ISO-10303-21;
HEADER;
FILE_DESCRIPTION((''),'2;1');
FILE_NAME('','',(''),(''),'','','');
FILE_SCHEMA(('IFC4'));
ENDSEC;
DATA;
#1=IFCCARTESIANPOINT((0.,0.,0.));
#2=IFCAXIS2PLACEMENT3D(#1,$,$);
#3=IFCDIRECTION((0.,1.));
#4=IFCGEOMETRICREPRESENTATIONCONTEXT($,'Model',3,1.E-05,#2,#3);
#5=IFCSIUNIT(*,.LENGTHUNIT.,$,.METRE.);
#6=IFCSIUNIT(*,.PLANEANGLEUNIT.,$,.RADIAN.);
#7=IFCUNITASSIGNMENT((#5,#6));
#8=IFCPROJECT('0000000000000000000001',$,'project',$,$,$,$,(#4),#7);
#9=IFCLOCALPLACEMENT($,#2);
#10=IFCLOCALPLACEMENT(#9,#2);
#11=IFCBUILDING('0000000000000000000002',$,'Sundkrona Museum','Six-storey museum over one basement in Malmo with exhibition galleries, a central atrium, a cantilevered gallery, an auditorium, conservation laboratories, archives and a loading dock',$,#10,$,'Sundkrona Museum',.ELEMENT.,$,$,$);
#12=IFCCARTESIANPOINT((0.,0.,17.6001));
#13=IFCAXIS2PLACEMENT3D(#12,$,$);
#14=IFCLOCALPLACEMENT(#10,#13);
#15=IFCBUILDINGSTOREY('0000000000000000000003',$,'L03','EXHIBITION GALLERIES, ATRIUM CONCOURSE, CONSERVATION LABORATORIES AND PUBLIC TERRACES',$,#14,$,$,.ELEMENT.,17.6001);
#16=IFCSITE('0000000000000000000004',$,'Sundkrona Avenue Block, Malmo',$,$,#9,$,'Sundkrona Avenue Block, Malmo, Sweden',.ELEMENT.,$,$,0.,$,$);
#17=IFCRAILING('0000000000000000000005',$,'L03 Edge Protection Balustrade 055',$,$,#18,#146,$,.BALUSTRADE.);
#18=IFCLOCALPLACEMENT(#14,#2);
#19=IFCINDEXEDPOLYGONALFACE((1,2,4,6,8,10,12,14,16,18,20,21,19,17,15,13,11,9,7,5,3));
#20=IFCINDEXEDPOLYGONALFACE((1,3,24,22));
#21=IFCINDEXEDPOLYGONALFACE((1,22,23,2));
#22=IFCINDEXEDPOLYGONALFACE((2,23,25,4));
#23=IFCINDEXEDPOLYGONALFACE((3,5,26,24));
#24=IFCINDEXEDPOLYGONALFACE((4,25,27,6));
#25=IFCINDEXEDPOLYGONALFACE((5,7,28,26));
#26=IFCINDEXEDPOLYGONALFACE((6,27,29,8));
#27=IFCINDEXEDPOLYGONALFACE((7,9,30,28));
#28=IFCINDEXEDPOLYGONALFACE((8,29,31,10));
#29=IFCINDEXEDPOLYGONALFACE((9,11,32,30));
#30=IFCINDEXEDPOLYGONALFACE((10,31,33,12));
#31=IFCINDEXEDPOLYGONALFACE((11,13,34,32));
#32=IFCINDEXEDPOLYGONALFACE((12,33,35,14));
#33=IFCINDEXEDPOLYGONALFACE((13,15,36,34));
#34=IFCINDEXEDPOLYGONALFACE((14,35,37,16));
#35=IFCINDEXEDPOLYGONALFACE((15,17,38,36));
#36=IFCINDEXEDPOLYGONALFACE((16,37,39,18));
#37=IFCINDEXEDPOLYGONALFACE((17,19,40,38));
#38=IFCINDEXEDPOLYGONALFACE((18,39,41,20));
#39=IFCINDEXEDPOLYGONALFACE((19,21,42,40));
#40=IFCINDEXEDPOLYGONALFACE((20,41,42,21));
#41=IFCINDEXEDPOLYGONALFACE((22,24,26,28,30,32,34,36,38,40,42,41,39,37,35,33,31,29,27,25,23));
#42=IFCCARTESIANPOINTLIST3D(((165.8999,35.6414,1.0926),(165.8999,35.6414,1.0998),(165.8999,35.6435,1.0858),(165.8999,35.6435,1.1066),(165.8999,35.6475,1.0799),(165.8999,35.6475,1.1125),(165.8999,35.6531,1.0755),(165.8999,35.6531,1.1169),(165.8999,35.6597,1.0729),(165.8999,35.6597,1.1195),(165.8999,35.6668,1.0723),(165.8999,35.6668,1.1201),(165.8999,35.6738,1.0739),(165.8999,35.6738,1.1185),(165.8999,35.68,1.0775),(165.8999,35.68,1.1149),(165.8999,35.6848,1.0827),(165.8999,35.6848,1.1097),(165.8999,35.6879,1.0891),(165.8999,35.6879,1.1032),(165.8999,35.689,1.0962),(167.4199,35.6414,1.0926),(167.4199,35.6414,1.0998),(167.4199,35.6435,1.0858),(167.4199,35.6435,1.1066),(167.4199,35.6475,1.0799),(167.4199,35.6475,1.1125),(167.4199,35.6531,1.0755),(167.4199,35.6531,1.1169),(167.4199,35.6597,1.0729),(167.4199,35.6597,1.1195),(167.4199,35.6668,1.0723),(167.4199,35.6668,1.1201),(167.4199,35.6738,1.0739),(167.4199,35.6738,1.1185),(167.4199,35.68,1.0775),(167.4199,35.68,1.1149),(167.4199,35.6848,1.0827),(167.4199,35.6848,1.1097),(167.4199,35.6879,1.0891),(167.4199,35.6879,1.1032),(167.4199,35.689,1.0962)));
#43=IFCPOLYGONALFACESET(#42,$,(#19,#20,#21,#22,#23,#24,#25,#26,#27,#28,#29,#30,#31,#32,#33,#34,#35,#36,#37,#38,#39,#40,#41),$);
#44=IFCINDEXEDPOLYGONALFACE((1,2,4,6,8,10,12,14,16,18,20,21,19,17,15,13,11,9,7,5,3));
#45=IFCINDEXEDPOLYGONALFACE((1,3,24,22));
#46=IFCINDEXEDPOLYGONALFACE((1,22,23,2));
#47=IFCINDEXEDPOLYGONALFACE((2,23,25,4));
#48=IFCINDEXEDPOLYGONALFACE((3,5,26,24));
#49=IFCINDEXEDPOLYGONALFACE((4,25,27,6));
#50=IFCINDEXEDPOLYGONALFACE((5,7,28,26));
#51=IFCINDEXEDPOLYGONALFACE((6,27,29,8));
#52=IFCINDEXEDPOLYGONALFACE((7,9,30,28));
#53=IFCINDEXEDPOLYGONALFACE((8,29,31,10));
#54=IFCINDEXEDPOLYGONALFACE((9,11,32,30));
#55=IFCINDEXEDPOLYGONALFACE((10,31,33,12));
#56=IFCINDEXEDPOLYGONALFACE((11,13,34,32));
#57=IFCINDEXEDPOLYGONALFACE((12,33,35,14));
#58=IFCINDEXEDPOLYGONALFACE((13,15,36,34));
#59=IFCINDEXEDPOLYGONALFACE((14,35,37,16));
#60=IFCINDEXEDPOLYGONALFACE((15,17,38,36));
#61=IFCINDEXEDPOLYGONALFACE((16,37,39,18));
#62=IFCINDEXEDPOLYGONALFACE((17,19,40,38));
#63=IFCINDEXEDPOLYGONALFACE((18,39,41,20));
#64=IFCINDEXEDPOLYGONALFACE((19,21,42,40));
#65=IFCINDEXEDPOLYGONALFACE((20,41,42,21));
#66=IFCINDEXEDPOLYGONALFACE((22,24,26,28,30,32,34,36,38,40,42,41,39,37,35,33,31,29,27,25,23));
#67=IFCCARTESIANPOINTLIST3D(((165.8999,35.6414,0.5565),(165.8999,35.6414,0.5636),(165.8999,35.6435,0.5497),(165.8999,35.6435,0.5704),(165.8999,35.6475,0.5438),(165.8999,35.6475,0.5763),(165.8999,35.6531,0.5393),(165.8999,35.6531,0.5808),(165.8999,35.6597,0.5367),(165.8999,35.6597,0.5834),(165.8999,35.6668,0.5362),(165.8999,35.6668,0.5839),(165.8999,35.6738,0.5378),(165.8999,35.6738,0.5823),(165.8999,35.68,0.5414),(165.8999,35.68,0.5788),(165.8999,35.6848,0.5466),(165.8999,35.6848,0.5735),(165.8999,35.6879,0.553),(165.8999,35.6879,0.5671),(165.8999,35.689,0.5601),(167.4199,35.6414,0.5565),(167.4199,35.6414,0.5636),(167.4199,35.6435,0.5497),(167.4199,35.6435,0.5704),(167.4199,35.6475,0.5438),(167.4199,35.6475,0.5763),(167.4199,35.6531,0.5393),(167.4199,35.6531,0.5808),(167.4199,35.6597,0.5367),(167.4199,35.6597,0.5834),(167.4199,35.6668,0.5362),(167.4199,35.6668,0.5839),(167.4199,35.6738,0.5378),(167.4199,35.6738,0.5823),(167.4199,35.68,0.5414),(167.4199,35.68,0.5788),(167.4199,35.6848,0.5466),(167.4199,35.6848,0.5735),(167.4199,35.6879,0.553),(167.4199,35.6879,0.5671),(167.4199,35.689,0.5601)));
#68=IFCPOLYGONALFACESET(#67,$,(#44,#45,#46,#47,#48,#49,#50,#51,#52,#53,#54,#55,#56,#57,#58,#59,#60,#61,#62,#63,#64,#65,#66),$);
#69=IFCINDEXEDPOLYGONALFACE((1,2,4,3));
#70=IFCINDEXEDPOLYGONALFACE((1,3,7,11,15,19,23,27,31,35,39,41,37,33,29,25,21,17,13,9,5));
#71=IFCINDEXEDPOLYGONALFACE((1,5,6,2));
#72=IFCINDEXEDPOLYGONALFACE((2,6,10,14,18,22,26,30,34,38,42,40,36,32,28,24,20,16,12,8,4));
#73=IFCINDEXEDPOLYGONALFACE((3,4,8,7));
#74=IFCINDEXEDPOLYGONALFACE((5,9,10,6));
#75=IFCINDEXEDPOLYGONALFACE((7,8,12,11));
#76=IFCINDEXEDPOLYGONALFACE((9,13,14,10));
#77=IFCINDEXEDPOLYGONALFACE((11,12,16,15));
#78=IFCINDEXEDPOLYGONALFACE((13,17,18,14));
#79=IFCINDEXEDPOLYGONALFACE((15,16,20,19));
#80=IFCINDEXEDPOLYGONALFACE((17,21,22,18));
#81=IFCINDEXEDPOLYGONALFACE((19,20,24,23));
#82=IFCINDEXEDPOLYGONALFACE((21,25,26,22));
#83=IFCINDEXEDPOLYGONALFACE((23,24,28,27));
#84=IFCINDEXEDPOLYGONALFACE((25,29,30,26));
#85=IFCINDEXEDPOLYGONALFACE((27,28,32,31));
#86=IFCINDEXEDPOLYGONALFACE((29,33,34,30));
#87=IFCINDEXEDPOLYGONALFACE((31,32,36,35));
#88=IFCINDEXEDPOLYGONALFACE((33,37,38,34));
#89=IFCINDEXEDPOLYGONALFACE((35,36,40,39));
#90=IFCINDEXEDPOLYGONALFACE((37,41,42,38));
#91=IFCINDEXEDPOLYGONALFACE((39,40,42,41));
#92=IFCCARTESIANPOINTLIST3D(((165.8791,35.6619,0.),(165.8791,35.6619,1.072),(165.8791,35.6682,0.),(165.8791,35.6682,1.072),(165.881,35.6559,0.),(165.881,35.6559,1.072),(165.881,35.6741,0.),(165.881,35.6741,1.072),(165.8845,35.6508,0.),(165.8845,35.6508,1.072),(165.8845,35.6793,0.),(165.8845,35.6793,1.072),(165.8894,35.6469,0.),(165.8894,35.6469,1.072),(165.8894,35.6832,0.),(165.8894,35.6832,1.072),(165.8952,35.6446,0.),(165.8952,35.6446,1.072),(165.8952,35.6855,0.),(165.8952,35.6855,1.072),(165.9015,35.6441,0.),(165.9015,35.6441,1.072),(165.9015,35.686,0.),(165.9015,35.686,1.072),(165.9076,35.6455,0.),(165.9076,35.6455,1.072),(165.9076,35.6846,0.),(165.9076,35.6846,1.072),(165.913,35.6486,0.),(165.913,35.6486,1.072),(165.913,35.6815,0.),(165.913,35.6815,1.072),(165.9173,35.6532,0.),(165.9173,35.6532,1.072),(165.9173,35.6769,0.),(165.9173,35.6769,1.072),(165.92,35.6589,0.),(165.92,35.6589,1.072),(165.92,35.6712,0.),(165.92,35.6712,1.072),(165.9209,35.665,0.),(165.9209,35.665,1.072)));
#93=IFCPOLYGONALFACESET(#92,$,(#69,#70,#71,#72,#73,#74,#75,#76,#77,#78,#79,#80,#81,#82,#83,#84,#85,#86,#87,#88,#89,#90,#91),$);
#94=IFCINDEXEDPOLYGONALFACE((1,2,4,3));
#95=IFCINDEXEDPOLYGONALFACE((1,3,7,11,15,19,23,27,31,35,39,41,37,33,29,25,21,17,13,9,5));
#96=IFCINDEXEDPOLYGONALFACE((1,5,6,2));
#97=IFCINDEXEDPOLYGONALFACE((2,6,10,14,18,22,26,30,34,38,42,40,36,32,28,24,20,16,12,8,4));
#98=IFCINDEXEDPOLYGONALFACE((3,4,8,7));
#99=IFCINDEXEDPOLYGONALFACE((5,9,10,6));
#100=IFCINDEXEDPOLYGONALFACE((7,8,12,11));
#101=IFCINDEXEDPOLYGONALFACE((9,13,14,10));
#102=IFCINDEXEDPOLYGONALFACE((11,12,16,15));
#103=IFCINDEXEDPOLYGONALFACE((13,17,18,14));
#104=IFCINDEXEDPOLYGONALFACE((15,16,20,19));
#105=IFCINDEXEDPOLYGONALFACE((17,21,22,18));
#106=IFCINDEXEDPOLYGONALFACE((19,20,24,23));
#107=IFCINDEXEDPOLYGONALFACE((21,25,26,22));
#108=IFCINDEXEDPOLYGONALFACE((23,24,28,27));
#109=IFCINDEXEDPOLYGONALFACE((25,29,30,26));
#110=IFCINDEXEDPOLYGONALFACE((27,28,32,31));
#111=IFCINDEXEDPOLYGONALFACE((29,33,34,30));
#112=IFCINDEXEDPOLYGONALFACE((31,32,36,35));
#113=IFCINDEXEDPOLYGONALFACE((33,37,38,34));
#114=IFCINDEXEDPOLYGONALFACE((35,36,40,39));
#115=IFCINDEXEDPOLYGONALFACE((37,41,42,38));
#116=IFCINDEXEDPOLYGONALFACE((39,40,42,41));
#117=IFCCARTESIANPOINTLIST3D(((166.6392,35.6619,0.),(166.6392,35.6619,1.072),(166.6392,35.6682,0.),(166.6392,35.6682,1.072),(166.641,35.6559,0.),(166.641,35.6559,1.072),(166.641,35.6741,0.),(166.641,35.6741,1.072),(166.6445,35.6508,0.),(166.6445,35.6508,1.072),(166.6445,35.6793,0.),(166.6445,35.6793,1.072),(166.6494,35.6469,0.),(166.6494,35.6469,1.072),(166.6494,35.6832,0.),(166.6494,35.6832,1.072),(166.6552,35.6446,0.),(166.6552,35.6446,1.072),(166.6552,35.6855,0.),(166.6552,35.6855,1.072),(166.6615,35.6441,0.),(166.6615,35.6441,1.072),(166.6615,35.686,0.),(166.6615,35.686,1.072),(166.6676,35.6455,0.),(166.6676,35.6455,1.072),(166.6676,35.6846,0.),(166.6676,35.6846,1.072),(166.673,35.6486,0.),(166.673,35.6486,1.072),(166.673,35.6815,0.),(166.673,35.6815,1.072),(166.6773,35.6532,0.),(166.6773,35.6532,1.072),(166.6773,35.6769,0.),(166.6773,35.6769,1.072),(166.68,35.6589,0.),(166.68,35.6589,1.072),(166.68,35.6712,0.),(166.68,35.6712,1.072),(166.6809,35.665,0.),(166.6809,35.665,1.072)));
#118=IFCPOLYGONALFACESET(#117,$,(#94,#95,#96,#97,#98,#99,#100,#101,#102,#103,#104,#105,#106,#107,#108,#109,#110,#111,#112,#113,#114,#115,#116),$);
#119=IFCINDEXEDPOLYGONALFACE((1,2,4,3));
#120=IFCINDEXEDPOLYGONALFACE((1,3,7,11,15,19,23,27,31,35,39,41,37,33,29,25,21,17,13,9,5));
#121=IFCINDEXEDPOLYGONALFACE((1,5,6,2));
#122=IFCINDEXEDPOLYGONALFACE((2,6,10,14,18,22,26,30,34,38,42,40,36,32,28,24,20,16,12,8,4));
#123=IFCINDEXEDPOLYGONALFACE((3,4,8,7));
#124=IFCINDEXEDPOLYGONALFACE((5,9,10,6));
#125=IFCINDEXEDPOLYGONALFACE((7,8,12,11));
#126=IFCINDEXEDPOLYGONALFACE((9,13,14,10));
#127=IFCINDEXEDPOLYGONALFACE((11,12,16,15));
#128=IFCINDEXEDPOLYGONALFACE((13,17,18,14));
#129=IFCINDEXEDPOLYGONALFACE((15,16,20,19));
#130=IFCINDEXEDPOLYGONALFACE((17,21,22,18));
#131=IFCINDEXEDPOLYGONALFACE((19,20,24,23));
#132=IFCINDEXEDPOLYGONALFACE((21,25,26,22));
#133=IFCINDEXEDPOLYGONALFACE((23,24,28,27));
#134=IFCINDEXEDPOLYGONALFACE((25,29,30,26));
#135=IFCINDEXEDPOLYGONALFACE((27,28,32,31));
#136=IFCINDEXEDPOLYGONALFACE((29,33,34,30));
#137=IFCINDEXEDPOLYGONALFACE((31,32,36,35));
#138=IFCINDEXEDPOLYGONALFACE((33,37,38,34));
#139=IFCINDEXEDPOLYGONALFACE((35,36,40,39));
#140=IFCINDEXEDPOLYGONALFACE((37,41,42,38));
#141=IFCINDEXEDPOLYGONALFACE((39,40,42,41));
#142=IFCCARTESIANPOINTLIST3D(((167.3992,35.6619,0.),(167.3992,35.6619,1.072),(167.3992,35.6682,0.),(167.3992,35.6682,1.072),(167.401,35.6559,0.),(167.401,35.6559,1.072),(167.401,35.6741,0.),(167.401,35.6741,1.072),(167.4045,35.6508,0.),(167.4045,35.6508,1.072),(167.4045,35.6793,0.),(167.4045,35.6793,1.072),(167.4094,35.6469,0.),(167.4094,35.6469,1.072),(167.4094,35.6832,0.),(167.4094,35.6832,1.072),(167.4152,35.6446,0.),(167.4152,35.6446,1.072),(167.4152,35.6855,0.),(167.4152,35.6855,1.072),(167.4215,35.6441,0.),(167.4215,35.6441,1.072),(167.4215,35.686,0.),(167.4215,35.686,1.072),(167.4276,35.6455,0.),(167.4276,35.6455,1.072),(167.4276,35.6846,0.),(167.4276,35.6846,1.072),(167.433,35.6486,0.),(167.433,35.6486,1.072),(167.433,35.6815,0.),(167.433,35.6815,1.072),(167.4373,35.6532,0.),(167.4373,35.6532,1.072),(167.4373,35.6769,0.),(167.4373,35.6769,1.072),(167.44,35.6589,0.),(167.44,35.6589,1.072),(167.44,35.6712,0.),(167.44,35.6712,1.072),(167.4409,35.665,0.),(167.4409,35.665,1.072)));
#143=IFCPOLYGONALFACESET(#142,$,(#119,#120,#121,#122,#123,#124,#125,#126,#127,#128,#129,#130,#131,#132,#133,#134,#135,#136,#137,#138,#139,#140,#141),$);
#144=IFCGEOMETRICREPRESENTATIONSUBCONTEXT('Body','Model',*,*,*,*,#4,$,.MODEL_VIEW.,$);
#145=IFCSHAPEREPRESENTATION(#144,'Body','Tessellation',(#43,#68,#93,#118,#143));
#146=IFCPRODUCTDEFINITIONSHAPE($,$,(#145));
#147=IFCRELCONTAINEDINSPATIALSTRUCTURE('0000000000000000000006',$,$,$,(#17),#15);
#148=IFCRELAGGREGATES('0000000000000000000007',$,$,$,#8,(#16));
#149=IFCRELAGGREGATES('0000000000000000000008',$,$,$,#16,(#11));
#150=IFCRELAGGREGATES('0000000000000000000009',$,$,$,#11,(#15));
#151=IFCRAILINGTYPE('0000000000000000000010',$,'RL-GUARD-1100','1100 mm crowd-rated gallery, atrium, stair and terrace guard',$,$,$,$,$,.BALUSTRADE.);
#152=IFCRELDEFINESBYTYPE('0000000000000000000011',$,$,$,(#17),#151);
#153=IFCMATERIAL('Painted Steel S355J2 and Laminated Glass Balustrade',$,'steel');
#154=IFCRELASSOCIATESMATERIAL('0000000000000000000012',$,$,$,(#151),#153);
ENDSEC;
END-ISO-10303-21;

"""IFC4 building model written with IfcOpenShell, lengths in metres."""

from ifc_helpers import new_model, si_unit, direction, frame, origin, origin_2d, place, context, subcontext, project, spatial, circle, extrude, material, type_object, element, save


model = new_model("IFC4")

# Units and contexts
model_context = context("Model", 3, precision=1e-05, world=origin(), true_north=direction((0.0, 1.0)))
body_context = subcontext(model_context, "Body", "Model", "MODEL_VIEW")
ifc_project = project(units=[si_unit("LENGTHUNIT", "METRE"), si_unit("PLANEANGLEUNIT", "RADIAN")], contexts=[model_context])

# Site, building, storey
site_placement = place(None, origin())
site = spatial("IfcSite", under=ifc_project, at=site_placement, Name="Sundkrona Avenue Block, Malmo", LongName="Sundkrona Avenue Block, Malmo, Sweden", CompositionType="ELEMENT", RefElevation=0.0)
building_placement = place(site_placement, origin())
building = spatial("IfcBuilding", under=site, at=building_placement, Name="Sundkrona Museum", Description="Six-storey museum over one basement in Malmo with exhibition galleries, a central atrium, a cantilevered gallery, an auditorium, conservation laboratories, archives and a loading dock", LongName="Sundkrona Museum", CompositionType="ELEMENT")
storey_placement = place(building_placement, frame((0.0, 0.0, 17.6001)))
storey = spatial("IfcBuildingStorey", under=building, at=storey_placement, Name="L03", Description="EXHIBITION GALLERIES, ATRIUM CONCOURSE, CONSERVATION LABORATORIES AND PUBLIC TERRACES", CompositionType="ELEMENT", Elevation=17.6001)

# Railing
ifc_material_1 = material(Name="Painted Steel S355J2 and Laminated Glass Balustrade", Category="steel")
railing_type_1 = type_object("IfcRailingType", Name="RL-GUARD-1100", Description="1100 mm crowd-rated gallery, atrium, stair and terrace guard", PredefinedType="BALUSTRADE", material=ifc_material_1)
for number, where, name in (
    (1, (165.8999, 35.665, 0.0), "L03 Edge Protection Balustrade 055"),
):
    element("IfcRailing", number, at=place(storey_placement, frame(where)), inside=storey, type_object=railing_type_1, Name=name, PredefinedType="BALUSTRADE", context=body_context, shape_type="SweptSolid", body=[
        extrude(circle(Radius=0.0239, at=origin_2d()), frame((0.0, 0.0, 1.0962), z_axis=(1.0, 0.0, 0.0), x_axis=(0.0, 1.0, 0.0)), (0.0, 0.0, 1.0), 1.52),
        extrude(circle(Radius=0.0239, at=origin_2d()), frame((0.0, 0.0, 0.5601), z_axis=(1.0, 0.0, 0.0), x_axis=(0.0, 1.0, 0.0)), (0.0, 0.0, 1.0), 1.52),
        extrude(circle(Radius=0.021, at=origin_2d()), origin(), (0.0, 0.0, 1.0), 1.072),
        extrude(circle(Radius=0.021, at=origin_2d()), frame((0.76, 0.0, 0.0)), (0.0, 0.0, 1.0), 1.072),
        extrude(circle(Radius=0.021, at=origin_2d()), frame((1.52, 0.0, 0.0)), (0.0, 0.0, 1.0), 1.072),
    ])

save(model, "model.ifc")
